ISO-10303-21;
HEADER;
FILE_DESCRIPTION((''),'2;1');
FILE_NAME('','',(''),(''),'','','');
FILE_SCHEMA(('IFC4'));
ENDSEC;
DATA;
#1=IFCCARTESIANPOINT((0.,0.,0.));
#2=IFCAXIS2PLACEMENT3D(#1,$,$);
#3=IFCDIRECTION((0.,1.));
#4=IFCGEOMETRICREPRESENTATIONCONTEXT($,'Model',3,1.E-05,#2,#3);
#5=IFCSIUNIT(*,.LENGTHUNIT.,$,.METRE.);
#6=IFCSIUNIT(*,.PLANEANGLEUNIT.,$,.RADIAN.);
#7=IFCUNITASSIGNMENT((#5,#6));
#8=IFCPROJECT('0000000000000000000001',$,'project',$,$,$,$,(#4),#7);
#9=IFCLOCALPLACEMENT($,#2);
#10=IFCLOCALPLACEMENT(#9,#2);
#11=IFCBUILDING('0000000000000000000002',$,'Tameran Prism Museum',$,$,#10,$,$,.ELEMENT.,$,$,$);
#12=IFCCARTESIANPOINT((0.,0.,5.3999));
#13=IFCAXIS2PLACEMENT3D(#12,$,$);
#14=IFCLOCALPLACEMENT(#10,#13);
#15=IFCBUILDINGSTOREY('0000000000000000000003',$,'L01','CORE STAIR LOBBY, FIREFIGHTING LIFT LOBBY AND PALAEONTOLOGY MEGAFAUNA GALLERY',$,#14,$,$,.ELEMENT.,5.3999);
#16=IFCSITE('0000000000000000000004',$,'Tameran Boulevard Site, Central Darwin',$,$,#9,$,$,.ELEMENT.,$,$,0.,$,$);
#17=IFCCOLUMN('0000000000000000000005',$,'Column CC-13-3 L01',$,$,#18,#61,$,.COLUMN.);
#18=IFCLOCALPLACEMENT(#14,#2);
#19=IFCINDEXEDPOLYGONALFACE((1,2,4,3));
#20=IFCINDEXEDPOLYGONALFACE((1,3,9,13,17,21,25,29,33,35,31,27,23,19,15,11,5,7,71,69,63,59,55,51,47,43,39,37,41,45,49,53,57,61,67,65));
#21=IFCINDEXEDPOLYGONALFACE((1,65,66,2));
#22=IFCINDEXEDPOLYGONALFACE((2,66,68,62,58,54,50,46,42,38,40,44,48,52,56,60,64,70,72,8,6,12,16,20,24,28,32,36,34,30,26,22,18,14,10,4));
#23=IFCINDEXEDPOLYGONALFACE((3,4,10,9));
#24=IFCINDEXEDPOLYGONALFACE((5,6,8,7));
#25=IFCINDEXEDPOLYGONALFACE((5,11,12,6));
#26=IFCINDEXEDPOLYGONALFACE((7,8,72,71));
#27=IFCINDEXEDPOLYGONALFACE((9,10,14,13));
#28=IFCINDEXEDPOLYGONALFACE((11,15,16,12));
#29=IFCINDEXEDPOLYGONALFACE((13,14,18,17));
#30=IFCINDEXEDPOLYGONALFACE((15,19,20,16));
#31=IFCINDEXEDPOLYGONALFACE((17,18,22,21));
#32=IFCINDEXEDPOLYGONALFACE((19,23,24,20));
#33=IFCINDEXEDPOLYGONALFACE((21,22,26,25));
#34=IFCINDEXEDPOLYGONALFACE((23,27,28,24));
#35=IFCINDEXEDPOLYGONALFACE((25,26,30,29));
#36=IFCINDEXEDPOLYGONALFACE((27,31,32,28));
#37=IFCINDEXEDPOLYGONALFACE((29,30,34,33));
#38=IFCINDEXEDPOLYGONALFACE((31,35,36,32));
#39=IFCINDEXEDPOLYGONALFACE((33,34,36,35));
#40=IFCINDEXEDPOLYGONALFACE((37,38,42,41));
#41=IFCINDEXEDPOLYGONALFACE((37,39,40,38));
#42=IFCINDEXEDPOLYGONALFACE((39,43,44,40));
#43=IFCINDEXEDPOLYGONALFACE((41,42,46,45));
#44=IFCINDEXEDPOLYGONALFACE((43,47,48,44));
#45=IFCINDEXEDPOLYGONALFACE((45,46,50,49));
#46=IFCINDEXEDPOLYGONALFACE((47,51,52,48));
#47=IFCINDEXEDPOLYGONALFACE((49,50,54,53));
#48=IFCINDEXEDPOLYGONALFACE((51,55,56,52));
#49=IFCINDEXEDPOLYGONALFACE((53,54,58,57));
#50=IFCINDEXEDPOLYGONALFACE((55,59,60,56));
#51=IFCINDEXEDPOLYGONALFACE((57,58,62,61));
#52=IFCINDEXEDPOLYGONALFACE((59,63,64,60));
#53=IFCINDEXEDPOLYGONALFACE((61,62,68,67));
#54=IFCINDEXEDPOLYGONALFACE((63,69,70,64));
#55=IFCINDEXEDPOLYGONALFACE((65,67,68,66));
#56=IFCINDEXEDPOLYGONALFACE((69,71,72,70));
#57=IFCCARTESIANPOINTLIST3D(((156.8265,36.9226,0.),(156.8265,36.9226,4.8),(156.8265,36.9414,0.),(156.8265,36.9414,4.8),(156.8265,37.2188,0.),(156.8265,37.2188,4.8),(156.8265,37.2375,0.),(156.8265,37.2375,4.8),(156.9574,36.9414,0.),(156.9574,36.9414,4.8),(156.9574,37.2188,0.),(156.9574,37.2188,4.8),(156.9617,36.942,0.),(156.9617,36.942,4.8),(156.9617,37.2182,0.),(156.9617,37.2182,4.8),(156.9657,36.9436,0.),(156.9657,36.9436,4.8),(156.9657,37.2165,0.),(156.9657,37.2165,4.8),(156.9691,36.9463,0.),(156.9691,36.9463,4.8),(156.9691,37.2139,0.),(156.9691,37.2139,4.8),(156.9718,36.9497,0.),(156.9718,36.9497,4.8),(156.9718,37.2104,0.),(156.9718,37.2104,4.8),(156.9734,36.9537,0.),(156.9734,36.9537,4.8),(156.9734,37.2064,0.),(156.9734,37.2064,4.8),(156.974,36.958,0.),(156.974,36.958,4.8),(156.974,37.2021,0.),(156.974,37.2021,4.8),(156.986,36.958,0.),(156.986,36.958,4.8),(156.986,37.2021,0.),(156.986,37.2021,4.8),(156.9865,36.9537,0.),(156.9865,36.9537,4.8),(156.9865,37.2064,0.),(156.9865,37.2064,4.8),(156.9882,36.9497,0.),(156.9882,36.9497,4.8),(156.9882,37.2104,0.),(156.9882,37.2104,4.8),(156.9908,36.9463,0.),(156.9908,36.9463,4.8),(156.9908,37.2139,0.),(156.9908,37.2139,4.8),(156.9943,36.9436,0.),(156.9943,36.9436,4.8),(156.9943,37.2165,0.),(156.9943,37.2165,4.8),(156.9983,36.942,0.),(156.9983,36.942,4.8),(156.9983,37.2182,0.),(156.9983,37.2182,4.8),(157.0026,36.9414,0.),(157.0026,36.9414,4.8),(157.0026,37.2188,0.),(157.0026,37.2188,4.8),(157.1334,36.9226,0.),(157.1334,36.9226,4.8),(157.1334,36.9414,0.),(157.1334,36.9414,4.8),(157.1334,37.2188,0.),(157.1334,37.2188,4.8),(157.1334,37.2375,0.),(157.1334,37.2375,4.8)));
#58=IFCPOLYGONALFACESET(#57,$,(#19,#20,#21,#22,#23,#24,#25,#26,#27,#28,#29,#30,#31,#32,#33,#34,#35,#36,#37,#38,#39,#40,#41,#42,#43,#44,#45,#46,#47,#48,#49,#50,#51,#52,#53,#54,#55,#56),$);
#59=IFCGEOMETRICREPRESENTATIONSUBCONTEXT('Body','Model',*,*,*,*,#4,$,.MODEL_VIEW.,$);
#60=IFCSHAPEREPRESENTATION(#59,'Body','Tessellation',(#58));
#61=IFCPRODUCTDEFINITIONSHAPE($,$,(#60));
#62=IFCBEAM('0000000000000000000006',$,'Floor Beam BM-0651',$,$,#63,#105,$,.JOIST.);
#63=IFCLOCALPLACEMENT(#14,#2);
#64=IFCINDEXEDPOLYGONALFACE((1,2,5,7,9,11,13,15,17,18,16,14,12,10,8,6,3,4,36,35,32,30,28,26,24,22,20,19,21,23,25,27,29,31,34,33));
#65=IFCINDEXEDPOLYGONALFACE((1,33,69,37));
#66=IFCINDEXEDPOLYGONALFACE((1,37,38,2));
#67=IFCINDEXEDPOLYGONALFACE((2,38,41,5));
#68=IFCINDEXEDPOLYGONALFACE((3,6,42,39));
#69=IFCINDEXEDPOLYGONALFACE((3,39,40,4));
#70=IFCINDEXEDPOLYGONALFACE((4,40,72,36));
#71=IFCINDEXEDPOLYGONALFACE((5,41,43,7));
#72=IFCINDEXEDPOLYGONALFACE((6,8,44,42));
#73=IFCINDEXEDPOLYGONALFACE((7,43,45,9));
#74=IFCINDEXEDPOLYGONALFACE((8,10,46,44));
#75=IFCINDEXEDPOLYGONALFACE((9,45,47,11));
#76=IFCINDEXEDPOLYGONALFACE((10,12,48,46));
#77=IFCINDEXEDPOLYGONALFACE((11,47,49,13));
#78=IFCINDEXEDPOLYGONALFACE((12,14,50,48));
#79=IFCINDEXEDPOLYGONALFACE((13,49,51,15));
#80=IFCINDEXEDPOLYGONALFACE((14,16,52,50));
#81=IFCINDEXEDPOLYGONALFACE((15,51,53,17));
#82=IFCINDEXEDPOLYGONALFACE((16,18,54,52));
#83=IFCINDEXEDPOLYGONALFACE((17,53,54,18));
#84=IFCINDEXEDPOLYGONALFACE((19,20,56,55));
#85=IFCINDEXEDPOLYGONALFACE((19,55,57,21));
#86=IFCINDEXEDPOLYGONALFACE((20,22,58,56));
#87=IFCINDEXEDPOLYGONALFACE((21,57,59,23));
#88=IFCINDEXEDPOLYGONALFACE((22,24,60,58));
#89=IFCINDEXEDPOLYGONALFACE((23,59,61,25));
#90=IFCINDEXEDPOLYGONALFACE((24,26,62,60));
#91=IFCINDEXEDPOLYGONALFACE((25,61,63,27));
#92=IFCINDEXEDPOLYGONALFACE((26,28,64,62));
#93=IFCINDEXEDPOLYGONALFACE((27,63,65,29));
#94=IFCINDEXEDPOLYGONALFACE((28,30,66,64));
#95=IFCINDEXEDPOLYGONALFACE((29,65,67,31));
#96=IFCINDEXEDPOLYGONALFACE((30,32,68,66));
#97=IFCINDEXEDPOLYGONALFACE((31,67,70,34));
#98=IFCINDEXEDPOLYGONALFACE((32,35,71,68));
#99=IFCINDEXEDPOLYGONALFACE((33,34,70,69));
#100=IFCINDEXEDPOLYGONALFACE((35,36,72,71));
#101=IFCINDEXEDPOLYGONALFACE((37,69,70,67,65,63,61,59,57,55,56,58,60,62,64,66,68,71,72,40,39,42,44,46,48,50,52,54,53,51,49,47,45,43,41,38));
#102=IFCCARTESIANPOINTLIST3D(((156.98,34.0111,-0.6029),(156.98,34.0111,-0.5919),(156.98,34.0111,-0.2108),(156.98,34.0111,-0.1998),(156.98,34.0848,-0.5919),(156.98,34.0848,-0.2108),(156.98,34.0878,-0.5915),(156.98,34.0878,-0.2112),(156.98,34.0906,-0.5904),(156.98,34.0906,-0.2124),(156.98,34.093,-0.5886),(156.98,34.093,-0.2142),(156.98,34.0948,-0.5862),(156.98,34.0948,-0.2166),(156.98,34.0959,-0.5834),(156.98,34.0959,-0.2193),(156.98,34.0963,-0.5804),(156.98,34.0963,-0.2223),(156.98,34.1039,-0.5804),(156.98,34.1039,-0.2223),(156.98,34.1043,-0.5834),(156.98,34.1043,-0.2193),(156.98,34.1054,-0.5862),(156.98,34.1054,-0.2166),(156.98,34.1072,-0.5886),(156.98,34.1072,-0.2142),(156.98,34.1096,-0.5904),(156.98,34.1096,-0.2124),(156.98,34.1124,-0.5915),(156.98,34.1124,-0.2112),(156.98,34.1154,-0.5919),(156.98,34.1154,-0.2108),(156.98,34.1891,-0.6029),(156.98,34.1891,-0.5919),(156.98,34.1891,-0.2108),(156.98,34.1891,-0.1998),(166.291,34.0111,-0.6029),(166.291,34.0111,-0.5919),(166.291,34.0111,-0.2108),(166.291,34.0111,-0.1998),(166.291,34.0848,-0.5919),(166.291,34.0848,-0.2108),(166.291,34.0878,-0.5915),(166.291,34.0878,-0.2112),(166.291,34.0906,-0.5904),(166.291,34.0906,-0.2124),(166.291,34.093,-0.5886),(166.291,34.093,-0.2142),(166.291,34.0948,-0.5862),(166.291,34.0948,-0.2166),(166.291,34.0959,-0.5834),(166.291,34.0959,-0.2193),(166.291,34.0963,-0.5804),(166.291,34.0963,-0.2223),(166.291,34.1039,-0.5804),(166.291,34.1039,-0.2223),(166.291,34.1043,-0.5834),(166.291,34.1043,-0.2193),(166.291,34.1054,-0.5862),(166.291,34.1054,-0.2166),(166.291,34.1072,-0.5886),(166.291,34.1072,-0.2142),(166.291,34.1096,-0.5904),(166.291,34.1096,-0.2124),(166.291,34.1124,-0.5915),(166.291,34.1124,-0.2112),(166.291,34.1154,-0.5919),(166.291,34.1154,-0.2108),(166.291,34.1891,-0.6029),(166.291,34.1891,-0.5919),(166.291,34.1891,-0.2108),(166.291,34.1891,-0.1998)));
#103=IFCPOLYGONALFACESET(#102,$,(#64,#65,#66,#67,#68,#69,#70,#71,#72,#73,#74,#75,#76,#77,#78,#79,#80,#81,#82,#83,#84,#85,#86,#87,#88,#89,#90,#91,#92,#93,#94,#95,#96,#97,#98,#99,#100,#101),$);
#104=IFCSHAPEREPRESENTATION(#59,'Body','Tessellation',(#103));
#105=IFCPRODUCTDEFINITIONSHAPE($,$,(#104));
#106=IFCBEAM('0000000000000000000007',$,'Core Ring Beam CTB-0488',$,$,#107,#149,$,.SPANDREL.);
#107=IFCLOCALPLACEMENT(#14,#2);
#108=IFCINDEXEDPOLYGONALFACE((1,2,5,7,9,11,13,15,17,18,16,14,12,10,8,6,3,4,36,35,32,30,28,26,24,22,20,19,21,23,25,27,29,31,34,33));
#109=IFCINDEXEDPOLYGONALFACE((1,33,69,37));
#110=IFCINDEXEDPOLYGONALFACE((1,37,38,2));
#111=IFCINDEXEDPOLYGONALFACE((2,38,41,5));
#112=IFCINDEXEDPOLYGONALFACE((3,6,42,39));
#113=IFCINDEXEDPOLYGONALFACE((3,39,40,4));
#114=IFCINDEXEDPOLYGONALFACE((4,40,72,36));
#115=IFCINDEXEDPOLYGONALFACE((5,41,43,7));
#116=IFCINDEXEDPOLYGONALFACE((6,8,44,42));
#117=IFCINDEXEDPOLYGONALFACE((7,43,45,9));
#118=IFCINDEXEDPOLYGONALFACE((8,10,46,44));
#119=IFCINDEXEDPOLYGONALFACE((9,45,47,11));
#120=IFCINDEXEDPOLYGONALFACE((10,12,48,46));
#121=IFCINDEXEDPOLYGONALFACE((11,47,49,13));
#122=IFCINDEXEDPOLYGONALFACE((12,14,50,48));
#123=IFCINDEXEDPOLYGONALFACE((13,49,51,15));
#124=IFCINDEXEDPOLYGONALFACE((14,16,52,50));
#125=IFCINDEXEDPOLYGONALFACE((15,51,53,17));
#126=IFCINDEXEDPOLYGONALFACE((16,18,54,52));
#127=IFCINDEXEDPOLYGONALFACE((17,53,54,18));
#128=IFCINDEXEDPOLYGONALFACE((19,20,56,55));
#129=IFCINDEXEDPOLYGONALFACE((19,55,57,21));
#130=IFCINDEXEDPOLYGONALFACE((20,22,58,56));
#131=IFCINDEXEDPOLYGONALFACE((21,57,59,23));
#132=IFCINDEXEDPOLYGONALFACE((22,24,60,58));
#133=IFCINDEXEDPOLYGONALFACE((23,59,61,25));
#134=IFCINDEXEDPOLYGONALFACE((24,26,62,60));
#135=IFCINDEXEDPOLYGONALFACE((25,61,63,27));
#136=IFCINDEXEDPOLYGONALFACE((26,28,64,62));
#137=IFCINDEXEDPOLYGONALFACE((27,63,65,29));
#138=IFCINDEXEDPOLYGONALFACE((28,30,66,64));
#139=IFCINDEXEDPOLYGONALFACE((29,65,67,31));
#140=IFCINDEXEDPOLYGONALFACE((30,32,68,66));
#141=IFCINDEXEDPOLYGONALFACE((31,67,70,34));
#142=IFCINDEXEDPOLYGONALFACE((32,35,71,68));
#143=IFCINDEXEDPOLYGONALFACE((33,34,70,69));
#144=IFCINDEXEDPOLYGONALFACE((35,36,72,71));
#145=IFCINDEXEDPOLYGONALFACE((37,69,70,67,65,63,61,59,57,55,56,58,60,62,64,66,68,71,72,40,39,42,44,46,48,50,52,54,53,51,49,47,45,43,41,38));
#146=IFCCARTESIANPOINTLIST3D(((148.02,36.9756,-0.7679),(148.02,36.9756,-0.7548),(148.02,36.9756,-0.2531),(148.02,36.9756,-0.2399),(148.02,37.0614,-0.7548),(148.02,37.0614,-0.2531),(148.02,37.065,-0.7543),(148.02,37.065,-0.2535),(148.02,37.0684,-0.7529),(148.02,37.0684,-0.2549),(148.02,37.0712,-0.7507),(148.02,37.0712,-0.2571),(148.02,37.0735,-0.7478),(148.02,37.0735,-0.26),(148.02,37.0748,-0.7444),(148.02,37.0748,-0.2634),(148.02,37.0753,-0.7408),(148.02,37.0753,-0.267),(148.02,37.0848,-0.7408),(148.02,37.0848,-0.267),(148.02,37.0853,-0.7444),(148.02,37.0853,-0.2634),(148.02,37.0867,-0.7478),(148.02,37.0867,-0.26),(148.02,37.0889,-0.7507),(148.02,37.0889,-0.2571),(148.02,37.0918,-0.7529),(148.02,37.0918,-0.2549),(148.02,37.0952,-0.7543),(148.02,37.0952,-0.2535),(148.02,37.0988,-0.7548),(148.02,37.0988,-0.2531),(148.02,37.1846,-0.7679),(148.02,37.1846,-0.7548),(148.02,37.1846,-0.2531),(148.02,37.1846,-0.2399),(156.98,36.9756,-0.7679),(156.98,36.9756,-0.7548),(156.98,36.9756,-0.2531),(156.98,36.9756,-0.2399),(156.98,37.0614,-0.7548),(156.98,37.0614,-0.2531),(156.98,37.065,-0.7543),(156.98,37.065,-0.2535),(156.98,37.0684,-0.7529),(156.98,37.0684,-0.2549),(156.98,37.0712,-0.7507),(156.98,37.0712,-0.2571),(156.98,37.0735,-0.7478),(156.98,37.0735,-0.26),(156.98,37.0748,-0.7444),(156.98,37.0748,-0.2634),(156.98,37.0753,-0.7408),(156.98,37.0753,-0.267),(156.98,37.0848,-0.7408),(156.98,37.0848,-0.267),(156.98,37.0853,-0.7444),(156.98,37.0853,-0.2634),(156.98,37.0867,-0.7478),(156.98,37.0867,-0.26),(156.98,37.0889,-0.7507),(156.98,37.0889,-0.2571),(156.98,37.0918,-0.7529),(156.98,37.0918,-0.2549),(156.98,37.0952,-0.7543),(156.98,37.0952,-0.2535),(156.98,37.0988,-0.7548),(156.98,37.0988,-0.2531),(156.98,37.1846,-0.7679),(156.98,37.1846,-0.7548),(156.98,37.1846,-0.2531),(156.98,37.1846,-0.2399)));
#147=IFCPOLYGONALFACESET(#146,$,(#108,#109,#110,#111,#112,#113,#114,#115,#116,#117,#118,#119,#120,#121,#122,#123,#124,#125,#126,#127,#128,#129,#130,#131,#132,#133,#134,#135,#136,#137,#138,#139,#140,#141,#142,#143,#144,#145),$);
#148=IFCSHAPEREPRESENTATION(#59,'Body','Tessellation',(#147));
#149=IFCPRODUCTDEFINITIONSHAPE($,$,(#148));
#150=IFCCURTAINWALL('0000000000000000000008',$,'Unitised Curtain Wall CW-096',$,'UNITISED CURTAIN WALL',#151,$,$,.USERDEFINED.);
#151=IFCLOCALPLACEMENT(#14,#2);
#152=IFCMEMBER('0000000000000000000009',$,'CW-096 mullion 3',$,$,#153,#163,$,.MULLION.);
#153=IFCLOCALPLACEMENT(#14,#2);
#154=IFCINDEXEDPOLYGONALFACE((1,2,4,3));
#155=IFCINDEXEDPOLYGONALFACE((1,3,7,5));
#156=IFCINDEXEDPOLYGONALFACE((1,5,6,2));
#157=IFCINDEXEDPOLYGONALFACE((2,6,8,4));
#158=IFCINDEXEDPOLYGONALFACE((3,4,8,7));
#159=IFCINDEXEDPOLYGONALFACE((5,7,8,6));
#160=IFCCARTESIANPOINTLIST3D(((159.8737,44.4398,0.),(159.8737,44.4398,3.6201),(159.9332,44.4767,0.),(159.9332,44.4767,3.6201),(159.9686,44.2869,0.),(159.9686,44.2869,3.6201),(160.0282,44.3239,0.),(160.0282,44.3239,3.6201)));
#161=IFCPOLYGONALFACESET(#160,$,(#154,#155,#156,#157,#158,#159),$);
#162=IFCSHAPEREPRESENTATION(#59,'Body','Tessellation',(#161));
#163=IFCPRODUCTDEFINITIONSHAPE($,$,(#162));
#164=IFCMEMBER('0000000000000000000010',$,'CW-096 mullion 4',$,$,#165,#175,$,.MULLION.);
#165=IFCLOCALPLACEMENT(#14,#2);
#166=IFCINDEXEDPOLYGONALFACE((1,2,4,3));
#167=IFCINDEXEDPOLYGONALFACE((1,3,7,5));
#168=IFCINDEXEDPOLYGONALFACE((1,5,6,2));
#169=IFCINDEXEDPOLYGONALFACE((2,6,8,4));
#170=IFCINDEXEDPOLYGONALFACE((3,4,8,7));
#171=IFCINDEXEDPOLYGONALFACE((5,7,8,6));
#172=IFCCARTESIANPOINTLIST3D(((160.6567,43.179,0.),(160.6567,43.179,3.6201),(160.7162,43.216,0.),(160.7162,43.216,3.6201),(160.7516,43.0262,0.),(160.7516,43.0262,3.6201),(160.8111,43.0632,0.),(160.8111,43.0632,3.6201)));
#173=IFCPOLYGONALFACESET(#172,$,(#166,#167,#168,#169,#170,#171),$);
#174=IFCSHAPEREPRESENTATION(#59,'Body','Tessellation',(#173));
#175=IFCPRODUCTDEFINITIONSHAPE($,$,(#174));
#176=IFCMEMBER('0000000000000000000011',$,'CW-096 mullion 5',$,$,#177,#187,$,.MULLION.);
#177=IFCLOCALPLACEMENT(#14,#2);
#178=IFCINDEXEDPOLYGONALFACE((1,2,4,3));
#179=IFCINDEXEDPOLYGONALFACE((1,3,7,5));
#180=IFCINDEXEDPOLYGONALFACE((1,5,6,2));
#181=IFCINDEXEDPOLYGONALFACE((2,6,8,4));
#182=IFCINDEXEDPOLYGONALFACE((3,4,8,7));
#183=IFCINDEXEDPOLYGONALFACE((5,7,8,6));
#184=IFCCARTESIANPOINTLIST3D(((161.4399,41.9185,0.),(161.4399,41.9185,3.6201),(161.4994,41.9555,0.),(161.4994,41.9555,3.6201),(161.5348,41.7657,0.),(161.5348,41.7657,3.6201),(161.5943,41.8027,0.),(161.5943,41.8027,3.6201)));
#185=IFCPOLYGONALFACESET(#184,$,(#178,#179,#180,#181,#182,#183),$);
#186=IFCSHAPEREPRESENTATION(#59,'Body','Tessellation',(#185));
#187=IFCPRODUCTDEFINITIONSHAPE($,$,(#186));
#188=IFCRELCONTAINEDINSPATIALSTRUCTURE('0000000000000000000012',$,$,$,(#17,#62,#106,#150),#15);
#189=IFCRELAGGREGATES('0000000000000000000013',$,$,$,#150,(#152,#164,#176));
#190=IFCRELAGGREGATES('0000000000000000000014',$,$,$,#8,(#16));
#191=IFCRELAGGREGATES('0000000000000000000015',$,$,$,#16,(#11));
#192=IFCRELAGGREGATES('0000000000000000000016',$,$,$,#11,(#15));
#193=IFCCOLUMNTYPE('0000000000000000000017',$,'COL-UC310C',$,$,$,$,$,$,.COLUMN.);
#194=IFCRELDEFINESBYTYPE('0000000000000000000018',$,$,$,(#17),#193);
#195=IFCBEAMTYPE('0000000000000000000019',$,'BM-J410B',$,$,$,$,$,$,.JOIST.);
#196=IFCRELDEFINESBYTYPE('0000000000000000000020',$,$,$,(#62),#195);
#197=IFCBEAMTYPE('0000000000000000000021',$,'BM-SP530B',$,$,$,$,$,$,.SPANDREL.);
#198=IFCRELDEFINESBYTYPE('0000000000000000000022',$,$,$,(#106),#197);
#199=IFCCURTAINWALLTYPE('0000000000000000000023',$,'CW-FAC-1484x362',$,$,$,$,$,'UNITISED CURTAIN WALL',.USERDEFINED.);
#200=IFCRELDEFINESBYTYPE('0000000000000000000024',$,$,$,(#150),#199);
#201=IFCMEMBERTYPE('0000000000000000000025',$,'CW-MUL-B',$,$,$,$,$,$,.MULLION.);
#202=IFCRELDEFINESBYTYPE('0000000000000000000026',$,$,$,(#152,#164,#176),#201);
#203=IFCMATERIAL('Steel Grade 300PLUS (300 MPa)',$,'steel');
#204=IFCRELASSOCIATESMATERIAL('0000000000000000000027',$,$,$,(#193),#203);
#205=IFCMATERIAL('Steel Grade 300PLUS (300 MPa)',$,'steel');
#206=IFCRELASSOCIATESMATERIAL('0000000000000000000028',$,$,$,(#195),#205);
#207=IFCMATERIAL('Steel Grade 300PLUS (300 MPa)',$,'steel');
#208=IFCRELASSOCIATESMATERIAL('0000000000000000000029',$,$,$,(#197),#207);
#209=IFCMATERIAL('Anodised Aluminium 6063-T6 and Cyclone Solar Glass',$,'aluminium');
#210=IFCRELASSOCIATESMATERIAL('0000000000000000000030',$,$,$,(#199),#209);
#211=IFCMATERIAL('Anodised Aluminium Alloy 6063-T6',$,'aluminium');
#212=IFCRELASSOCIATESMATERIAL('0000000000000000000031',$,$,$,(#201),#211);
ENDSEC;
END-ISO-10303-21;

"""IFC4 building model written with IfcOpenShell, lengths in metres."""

from ifc_helpers import new_model, si_unit, direction, frame, origin, origin_2d, place, context, subcontext, project, spatial, rectangle, i_section, extrude, material, material_profile, profile_set, type_object, element, aggregate, save


model = new_model("IFC4")

# Units and contexts
model_context = context("Model", 3, precision=1e-05, world=origin(), true_north=direction((0.0, 1.0)))
body_context = subcontext(model_context, "Body", "Model", "MODEL_VIEW")
ifc_project = project(units=[si_unit("LENGTHUNIT", "METRE"), si_unit("PLANEANGLEUNIT", "RADIAN")], contexts=[model_context])

# Site, building, storey
site_placement = place(None, origin())
site = spatial("IfcSite", under=ifc_project, at=site_placement, Name="Tameran Boulevard Site, Central Darwin", CompositionType="ELEMENT", RefElevation=0.0)
building_placement = place(site_placement, origin())
building = spatial("IfcBuilding", under=site, at=building_placement, Name="Tameran Prism Museum", CompositionType="ELEMENT")
storey_placement = place(building_placement, frame((0.0, 0.0, 5.3999)))
storey = spatial("IfcBuildingStorey", under=building, at=storey_placement, Name="L01", Description="CORE STAIR LOBBY, FIREFIGHTING LIFT LOBBY AND PALAEONTOLOGY MEGAFAUNA GALLERY", CompositionType="ELEMENT", Elevation=5.3999)

# Column
ifc_material_1 = material(Name="Steel Grade 300PLUS (300 MPa)", Category="steel")
ifc_material_profile_1 = material_profile(ifc_material_1, i_section(OverallWidth=0.3069, OverallDepth=0.3149, WebThickness=0.012, FlangeThickness=0.0188, FilletRadius=0.0166, at=origin_2d()))
ifc_profile_set_1 = profile_set([ifc_material_profile_1])
column_type = type_object("IfcColumnType", Name="COL-UC310C", PredefinedType="COLUMN", material=ifc_profile_set_1)
column_placement = place(storey_placement, frame((156.98, 37.0801, 0.0), z_axis=(0.0, 0.0, 1.0), x_axis=(1.0, 0.0, 0.0)))
element("IfcColumn", 1, at=column_placement, inside=storey, type_object=column_type, Name="Column CC-13-3 L01", PredefinedType="COLUMN", context=body_context, shape_type="SweptSolid", body=[
    extrude(i_section(OverallWidth=0.3069, OverallDepth=0.3149, WebThickness=0.012, FlangeThickness=0.0188, FilletRadius=0.0166, at=origin_2d()), origin(), (0.0, 0.0, 1.0), 4.8),
])

# Beams
ifc_material_2 = material(Name="Steel Grade 300PLUS (300 MPa)", Category="steel")
ifc_material_profile_2 = material_profile(ifc_material_2, i_section(OverallWidth=0.178, OverallDepth=0.4031, WebThickness=0.0076, FlangeThickness=0.011, FilletRadius=0.0115, at=origin_2d()))
ifc_profile_set_2 = profile_set([ifc_material_profile_2])
beam_type_1 = type_object("IfcBeamType", Name="BM-J410B", PredefinedType="JOIST", material=ifc_profile_set_2)
beam_1_placement = place(storey_placement, frame((156.98, 34.1001, -0.4014), z_axis=(1.0, 0.0, 0.0), x_axis=(0.0, 1.0, 0.0)))
element("IfcBeam", 2, at=beam_1_placement, inside=storey, type_object=beam_type_1, Name="Floor Beam BM-0651", PredefinedType="JOIST", context=body_context, shape_type="SweptSolid", body=[
    extrude(i_section(OverallWidth=0.178, OverallDepth=0.4031, WebThickness=0.0076, FlangeThickness=0.011, FilletRadius=0.0115, at=origin_2d()), origin(), (0.0, 0.0, 1.0), 9.311),
])
ifc_material_3 = material(Name="Steel Grade 300PLUS (300 MPa)", Category="steel")
ifc_material_profile_3 = material_profile(ifc_material_3, i_section(OverallWidth=0.209, OverallDepth=0.5281, WebThickness=0.0095, FlangeThickness=0.0132, FilletRadius=0.0139, at=origin_2d()))
ifc_profile_set_3 = profile_set([ifc_material_profile_3])
beam_type_2 = type_object("IfcBeamType", Name="BM-SP530B", PredefinedType="SPANDREL", material=ifc_profile_set_3)
beam_2_placement = place(storey_placement, frame((156.98, 37.0801, -0.5039), z_axis=(-1.0, 0.0, 0.0), x_axis=(0.0, -1.0, 0.0)))
element("IfcBeam", 3, at=beam_2_placement, inside=storey, type_object=beam_type_2, Name="Core Ring Beam CTB-0488", PredefinedType="SPANDREL", context=body_context, shape_type="SweptSolid", body=[
    extrude(i_section(OverallWidth=0.209, OverallDepth=0.5281, WebThickness=0.0095, FlangeThickness=0.0132, FilletRadius=0.0139, at=origin_2d()), origin(), (0.0, 0.0, 1.0), 8.96),
])

# Curtain wall, members
ifc_material_4 = material(Name="Anodised Aluminium 6063-T6 and Cyclone Solar Glass", Category="aluminium")
curtain_wall_type = type_object("IfcCurtainWallType", Name="CW-FAC-1484x362", ElementType="UNITISED CURTAIN WALL", PredefinedType="USERDEFINED", material=ifc_material_4)
curtain_wall_placement = place(storey_placement, origin())
curtain_wall = element("IfcCurtainWall", 4, at=curtain_wall_placement, inside=storey, type_object=curtain_wall_type, Name="Unitised Curtain Wall CW-096", ObjectType="UNITISED CURTAIN WALL", PredefinedType="USERDEFINED")
ifc_material_5 = material(Name="Anodised Aluminium Alloy 6063-T6", Category="aluminium")
ifc_material_profile_4 = material_profile(ifc_material_5, rectangle(XDim=0.0701, YDim=0.1799, at=origin_2d()))
ifc_profile_set_4 = profile_set([ifc_material_profile_4])
member_type_1 = type_object("IfcMemberType", Name="CW-MUL-B", PredefinedType="MULLION", material=ifc_profile_set_4)
member_1_placement = place(storey_placement, frame((159.9509, 44.3818, 0.0), z_axis=(0.0, 0.0, 1.0), x_axis=(0.849471, 0.527635, 0.0)))
member_1 = element("IfcMember", 5, at=member_1_placement, type_object=member_type_1, Name="CW-096 mullion 3", PredefinedType="MULLION", context=body_context, shape_type="SweptSolid", body=[
    extrude(rectangle(XDim=0.0701, YDim=0.1799, at=origin_2d()), origin(), (0.0, 0.0, 1.0), 3.6201),
])
member_2_placement = place(storey_placement, frame((160.7339, 43.1211, 0.0), z_axis=(0.0, 0.0, 1.0), x_axis=(0.849471, 0.527635, 0.0)))
member_2 = element("IfcMember", 6, at=member_2_placement, type_object=member_type_1, Name="CW-096 mullion 4", PredefinedType="MULLION", context=body_context, shape_type="SweptSolid", body=[
    extrude(rectangle(XDim=0.0701, YDim=0.1799, at=origin_2d()), origin(), (0.0, 0.0, 1.0), 3.6201),
])
member_3_placement = place(storey_placement, frame((161.5171, 41.8606, 0.0), z_axis=(0.0, 0.0, 1.0), x_axis=(0.849471, 0.527635, 0.0)))
member_3 = element("IfcMember", 7, at=member_3_placement, type_object=member_type_1, Name="CW-096 mullion 5", PredefinedType="MULLION", context=body_context, shape_type="SweptSolid", body=[
    extrude(rectangle(XDim=0.0701, YDim=0.1799, at=origin_2d()), origin(), (0.0, 0.0, 1.0), 3.6201),
])
aggregate(curtain_wall, [member_1, member_2, member_3])

save(model, "model.ifc")
